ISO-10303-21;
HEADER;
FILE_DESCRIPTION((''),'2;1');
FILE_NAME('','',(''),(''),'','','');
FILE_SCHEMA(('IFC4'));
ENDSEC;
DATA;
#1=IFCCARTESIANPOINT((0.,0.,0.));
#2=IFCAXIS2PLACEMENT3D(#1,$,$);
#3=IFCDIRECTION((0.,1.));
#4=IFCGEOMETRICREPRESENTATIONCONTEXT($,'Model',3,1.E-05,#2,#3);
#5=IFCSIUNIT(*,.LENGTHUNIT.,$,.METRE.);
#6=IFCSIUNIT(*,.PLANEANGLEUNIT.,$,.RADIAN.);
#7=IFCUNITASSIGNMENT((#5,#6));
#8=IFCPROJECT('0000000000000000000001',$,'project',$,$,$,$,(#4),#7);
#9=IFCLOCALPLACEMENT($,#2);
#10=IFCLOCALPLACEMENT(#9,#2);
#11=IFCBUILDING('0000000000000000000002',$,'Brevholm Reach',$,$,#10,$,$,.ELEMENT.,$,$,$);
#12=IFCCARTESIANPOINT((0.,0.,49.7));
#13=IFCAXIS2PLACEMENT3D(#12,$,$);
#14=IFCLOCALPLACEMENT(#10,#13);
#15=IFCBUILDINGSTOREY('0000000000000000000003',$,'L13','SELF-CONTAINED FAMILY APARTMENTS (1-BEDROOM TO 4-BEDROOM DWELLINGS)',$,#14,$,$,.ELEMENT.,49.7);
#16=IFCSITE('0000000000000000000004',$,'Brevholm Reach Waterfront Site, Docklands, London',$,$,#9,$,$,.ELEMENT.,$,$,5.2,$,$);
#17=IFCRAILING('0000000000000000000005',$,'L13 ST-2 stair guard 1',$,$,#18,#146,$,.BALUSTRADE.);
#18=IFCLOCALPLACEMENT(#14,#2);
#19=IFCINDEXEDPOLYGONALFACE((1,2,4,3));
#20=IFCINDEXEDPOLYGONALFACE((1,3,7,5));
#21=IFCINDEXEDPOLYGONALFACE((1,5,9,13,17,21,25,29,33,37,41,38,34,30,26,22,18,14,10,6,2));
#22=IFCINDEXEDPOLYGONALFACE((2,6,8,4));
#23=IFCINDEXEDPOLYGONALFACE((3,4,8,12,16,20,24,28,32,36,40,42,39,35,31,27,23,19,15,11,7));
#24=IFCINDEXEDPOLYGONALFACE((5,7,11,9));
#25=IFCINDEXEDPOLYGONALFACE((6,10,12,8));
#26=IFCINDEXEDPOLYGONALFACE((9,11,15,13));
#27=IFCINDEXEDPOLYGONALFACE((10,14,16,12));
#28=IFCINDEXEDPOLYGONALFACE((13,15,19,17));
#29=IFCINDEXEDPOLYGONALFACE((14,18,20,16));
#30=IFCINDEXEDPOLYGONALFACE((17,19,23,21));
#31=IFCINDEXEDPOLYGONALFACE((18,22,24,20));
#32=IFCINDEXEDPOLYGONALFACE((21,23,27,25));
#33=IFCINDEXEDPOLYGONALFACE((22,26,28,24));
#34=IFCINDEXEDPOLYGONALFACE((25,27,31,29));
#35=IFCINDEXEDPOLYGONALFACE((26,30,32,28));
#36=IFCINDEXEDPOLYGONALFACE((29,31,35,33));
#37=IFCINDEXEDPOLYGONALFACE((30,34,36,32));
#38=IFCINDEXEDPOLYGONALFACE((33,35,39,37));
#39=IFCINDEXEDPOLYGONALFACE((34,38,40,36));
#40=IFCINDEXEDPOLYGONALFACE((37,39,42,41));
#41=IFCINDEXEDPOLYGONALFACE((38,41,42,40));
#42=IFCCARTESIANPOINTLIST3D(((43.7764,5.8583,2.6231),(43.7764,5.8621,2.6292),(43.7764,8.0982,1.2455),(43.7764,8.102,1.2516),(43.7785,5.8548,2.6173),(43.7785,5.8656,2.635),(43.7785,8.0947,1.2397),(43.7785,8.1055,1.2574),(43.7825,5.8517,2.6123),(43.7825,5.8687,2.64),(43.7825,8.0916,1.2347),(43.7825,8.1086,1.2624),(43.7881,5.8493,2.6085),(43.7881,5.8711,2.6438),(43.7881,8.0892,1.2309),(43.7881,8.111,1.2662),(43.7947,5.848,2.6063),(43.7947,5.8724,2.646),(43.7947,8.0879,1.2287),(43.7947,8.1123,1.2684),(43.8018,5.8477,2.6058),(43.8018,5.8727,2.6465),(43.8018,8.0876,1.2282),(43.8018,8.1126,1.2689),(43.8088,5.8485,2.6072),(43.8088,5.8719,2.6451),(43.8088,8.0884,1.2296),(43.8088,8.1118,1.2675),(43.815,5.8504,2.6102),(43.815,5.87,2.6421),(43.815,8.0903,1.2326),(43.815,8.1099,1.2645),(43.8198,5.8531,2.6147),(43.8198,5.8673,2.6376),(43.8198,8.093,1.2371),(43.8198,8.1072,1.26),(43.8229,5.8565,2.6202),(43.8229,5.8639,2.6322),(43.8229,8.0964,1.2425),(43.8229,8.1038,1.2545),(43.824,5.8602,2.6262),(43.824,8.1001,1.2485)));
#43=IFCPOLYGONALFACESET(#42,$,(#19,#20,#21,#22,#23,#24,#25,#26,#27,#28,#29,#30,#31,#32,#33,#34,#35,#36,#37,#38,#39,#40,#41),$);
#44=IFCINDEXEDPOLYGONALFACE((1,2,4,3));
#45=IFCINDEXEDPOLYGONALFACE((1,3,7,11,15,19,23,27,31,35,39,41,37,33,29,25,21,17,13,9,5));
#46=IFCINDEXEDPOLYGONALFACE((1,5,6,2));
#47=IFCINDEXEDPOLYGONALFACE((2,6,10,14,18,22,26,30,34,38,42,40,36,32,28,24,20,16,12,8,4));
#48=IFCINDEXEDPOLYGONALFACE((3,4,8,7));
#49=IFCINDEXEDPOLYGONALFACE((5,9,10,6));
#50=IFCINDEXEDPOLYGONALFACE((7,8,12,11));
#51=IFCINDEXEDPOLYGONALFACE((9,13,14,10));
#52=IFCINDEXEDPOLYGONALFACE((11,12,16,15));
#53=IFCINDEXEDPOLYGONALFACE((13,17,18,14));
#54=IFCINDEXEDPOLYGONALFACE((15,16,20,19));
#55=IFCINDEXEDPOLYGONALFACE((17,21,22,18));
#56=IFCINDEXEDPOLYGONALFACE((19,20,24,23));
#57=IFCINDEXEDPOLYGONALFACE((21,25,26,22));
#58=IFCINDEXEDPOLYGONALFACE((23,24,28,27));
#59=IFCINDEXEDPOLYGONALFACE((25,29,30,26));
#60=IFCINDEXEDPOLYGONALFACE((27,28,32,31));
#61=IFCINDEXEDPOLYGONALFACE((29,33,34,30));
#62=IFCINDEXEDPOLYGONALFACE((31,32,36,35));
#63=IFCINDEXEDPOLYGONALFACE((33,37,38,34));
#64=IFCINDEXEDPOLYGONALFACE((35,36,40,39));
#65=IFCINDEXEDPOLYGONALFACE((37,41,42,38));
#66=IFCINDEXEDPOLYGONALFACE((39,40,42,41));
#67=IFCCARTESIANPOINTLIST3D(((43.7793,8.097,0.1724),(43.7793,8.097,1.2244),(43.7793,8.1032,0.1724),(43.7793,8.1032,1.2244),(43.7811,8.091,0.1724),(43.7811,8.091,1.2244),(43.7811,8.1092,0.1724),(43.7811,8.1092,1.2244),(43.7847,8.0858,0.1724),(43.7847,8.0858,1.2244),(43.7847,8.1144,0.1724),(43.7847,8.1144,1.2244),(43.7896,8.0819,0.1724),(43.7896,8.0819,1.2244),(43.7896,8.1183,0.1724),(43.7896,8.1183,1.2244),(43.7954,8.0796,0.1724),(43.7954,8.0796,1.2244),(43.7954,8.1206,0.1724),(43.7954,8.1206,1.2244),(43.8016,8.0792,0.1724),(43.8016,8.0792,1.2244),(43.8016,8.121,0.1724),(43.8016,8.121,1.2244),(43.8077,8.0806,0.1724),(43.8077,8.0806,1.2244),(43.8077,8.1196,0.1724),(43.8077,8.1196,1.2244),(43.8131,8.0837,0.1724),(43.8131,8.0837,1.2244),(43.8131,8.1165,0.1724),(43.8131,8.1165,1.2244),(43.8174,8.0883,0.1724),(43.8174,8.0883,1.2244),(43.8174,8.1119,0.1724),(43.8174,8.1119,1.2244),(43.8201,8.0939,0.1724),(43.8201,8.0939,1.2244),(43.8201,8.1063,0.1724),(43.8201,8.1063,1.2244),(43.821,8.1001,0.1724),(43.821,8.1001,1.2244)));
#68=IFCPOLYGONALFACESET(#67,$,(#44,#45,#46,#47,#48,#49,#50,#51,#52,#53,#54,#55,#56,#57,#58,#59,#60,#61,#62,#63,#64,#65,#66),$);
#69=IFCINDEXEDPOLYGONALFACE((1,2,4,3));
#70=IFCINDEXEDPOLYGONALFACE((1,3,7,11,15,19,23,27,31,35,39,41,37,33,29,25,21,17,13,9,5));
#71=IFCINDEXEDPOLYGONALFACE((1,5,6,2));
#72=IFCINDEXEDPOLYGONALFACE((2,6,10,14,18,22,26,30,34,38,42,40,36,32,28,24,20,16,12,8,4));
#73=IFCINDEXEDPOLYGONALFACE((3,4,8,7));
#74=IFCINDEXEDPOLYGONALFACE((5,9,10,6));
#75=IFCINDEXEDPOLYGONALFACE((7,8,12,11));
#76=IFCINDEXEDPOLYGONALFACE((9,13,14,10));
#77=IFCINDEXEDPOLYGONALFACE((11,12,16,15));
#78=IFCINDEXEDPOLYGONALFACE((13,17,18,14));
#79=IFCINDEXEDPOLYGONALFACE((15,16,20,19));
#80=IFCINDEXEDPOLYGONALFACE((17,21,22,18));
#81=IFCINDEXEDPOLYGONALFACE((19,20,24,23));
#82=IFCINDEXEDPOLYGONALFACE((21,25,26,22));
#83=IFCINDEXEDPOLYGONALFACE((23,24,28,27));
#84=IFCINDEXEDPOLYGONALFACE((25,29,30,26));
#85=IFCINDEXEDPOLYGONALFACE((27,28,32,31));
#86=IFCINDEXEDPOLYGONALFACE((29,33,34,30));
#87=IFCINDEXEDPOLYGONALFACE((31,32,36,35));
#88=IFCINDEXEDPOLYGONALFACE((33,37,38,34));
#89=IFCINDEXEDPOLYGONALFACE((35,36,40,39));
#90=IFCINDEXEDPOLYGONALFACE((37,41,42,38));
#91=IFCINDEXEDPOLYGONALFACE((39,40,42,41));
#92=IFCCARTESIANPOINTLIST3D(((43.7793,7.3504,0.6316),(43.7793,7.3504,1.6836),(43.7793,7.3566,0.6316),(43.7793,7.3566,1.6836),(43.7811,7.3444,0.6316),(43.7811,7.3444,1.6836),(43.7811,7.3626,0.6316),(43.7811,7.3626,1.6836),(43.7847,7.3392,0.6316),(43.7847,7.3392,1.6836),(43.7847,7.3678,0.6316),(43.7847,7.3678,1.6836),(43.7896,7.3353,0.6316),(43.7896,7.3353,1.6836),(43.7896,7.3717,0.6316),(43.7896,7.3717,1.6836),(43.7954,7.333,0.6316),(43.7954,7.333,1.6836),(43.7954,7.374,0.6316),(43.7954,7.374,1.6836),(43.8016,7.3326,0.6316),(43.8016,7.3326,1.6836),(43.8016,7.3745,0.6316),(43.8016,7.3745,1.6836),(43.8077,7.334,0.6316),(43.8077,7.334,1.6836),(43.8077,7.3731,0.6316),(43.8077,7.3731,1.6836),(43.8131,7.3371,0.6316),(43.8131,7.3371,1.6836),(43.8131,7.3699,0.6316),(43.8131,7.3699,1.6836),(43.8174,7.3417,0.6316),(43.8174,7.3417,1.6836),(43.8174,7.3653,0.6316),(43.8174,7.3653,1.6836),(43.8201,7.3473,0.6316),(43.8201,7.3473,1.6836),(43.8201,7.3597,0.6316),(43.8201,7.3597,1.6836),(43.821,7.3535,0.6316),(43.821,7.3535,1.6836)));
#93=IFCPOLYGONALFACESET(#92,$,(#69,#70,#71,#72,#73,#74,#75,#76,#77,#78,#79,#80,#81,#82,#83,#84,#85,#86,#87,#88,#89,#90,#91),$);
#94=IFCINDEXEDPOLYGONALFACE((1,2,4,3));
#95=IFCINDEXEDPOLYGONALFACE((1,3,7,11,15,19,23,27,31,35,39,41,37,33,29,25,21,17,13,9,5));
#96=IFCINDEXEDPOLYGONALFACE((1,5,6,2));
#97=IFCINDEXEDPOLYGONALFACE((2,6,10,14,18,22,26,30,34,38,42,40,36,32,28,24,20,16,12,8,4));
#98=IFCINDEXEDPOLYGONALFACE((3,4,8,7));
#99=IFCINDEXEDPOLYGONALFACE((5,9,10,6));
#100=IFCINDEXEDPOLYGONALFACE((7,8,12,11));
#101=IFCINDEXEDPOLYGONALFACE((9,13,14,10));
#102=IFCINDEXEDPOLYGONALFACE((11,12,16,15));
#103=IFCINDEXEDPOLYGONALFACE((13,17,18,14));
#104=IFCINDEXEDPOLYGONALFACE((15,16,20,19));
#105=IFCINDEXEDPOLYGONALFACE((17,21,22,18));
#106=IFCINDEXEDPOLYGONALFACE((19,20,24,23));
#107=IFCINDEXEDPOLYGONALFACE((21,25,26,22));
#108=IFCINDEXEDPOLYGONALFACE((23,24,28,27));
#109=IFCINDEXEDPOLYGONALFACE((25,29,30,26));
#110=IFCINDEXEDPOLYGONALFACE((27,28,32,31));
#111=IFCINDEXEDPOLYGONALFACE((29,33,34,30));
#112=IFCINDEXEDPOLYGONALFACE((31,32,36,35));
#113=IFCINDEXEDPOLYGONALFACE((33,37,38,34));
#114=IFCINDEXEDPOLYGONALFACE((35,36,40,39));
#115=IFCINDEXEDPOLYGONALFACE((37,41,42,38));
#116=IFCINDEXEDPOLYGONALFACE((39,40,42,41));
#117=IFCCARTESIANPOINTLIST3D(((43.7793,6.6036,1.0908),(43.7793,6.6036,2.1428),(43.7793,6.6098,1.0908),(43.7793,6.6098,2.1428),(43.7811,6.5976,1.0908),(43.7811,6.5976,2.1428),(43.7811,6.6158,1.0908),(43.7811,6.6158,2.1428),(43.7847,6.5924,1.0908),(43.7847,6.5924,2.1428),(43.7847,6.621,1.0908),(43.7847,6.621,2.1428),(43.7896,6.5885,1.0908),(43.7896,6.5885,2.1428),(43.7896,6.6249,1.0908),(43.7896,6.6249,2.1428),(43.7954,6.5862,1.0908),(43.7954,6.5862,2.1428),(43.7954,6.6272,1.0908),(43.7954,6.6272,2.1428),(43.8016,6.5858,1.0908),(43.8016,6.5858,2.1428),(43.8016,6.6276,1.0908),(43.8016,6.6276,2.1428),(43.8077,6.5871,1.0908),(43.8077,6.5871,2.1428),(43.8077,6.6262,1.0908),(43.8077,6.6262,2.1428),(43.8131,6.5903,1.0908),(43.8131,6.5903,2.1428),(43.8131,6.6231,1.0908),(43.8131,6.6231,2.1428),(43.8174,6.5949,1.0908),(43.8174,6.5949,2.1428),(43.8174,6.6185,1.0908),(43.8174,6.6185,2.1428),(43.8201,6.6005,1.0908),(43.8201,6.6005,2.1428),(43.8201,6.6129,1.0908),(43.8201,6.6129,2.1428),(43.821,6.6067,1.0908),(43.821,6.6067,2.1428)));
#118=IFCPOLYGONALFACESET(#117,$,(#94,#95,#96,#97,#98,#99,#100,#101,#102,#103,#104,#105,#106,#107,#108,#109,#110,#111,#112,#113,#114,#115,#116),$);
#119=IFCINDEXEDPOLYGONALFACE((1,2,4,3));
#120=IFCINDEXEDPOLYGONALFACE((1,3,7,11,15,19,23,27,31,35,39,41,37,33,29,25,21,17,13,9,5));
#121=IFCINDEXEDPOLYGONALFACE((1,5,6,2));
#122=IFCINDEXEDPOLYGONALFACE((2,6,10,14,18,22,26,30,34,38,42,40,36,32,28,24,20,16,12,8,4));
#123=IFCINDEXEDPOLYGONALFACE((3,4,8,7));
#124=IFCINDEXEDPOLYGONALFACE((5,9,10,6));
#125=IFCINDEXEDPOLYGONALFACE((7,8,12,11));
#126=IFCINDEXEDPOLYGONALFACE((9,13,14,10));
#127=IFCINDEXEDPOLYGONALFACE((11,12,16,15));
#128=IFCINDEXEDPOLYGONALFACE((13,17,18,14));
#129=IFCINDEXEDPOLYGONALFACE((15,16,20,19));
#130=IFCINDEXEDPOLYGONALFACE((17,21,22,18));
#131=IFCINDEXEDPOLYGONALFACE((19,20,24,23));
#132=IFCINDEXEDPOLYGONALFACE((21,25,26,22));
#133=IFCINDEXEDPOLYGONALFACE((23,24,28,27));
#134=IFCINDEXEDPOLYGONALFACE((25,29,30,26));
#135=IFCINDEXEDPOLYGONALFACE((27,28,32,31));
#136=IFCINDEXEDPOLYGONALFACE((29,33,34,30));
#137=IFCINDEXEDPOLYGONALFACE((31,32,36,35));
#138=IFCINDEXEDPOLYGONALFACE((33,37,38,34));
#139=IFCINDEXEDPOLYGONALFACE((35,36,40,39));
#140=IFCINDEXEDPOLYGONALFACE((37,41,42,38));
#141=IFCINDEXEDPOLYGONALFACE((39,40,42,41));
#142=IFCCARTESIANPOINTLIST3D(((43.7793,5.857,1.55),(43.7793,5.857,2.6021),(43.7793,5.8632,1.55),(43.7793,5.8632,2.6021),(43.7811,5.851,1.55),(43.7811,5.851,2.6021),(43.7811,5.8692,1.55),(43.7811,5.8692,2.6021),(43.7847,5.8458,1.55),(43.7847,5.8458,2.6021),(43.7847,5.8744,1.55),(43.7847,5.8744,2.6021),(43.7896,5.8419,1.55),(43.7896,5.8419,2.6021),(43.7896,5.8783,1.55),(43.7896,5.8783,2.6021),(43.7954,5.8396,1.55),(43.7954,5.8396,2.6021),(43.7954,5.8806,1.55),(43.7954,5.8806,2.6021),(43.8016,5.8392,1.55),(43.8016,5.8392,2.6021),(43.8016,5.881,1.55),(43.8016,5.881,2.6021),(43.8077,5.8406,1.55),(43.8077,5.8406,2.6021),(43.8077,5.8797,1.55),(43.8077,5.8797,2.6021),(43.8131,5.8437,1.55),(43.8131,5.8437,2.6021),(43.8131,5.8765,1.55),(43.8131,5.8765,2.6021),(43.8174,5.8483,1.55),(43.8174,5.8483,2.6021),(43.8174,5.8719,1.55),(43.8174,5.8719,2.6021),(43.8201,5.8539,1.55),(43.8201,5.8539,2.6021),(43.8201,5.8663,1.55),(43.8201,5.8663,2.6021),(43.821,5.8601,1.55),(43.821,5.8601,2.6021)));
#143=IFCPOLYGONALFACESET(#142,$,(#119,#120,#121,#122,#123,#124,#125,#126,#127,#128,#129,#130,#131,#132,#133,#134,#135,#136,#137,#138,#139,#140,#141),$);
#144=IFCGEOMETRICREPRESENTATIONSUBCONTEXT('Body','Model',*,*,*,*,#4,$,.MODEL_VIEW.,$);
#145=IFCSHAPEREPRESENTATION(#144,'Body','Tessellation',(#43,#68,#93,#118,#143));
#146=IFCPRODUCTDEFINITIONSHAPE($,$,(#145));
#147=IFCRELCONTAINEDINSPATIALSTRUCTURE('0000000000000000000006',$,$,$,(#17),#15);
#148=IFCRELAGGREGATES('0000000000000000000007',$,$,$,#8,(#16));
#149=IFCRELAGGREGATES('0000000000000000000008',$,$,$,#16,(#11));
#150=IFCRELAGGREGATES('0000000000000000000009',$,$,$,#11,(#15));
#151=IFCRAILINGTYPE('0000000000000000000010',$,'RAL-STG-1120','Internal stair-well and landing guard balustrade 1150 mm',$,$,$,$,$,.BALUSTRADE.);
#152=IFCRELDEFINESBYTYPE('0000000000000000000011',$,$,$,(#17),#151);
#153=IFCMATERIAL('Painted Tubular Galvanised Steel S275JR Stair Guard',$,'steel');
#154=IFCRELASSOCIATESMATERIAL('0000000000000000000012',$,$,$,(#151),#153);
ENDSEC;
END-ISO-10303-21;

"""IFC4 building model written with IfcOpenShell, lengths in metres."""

from ifc_helpers import new_model, si_unit, direction, frame, origin, origin_2d, place, context, subcontext, project, spatial, circle, extrude, material, type_object, element, save


model = new_model("IFC4")

# Units and contexts
model_context = context("Model", 3, precision=1e-05, world=origin(), true_north=direction((0.0, 1.0)))
body_context = subcontext(model_context, "Body", "Model", "MODEL_VIEW")
ifc_project = project(units=[si_unit("LENGTHUNIT", "METRE"), si_unit("PLANEANGLEUNIT", "RADIAN")], contexts=[model_context])

# Site, building, storey
site_placement = place(None, origin())
site = spatial("IfcSite", under=ifc_project, at=site_placement, Name="Brevholm Reach Waterfront Site, Docklands, London", CompositionType="ELEMENT", RefElevation=5.2)
building_placement = place(site_placement, origin())
building = spatial("IfcBuilding", under=site, at=building_placement, Name="Brevholm Reach", CompositionType="ELEMENT")
storey_placement = place(building_placement, frame((0.0, 0.0, 49.7)))
storey = spatial("IfcBuildingStorey", under=building, at=storey_placement, Name="L13", Description="SELF-CONTAINED FAMILY APARTMENTS (1-BEDROOM TO 4-BEDROOM DWELLINGS)", CompositionType="ELEMENT", Elevation=49.7)

# Railing
ifc_material_1 = material(Name="Painted Tubular Galvanised Steel S275JR Stair Guard", Category="steel")
railing_type_1 = type_object("IfcRailingType", Name="RAL-STG-1120", Description="Internal stair-well and landing guard balustrade 1150 mm", PredefinedType="BALUSTRADE", material=ifc_material_1)
railing_1_placement = place(storey_placement, frame((43.8, 8.1001, 0.1724)))
element("IfcRailing", 1, at=railing_1_placement, inside=storey, type_object=railing_type_1, Name="L13 ST-2 stair guard 1", PredefinedType="BALUSTRADE", context=body_context, shape_type="SweptSolid", body=[
    extrude(circle(Radius=0.0239, at=origin_2d()), frame((0.0, 0.0, 1.0762), z_axis=(0.0, -0.851789, 0.523885), x_axis=(1.0, 0.0, 0.0)), (0.0, 0.0, 1.0), 2.6296),
    extrude(circle(Radius=0.021, at=origin_2d()), origin(), (0.0, 0.0, 1.0), 1.052),
    extrude(circle(Radius=0.021, at=origin_2d()), frame((0.0, -0.7466, 0.4592)), (0.0, 0.0, 1.0), 1.052),
    extrude(circle(Radius=0.021, at=origin_2d()), frame((0.0, -1.4934, 0.9185)), (0.0, 0.0, 1.0), 1.052),
    extrude(circle(Radius=0.021, at=origin_2d()), frame((0.0, -2.24, 1.3777)), (0.0, 0.0, 1.0), 1.052),
])

save(model, "model.ifc")
